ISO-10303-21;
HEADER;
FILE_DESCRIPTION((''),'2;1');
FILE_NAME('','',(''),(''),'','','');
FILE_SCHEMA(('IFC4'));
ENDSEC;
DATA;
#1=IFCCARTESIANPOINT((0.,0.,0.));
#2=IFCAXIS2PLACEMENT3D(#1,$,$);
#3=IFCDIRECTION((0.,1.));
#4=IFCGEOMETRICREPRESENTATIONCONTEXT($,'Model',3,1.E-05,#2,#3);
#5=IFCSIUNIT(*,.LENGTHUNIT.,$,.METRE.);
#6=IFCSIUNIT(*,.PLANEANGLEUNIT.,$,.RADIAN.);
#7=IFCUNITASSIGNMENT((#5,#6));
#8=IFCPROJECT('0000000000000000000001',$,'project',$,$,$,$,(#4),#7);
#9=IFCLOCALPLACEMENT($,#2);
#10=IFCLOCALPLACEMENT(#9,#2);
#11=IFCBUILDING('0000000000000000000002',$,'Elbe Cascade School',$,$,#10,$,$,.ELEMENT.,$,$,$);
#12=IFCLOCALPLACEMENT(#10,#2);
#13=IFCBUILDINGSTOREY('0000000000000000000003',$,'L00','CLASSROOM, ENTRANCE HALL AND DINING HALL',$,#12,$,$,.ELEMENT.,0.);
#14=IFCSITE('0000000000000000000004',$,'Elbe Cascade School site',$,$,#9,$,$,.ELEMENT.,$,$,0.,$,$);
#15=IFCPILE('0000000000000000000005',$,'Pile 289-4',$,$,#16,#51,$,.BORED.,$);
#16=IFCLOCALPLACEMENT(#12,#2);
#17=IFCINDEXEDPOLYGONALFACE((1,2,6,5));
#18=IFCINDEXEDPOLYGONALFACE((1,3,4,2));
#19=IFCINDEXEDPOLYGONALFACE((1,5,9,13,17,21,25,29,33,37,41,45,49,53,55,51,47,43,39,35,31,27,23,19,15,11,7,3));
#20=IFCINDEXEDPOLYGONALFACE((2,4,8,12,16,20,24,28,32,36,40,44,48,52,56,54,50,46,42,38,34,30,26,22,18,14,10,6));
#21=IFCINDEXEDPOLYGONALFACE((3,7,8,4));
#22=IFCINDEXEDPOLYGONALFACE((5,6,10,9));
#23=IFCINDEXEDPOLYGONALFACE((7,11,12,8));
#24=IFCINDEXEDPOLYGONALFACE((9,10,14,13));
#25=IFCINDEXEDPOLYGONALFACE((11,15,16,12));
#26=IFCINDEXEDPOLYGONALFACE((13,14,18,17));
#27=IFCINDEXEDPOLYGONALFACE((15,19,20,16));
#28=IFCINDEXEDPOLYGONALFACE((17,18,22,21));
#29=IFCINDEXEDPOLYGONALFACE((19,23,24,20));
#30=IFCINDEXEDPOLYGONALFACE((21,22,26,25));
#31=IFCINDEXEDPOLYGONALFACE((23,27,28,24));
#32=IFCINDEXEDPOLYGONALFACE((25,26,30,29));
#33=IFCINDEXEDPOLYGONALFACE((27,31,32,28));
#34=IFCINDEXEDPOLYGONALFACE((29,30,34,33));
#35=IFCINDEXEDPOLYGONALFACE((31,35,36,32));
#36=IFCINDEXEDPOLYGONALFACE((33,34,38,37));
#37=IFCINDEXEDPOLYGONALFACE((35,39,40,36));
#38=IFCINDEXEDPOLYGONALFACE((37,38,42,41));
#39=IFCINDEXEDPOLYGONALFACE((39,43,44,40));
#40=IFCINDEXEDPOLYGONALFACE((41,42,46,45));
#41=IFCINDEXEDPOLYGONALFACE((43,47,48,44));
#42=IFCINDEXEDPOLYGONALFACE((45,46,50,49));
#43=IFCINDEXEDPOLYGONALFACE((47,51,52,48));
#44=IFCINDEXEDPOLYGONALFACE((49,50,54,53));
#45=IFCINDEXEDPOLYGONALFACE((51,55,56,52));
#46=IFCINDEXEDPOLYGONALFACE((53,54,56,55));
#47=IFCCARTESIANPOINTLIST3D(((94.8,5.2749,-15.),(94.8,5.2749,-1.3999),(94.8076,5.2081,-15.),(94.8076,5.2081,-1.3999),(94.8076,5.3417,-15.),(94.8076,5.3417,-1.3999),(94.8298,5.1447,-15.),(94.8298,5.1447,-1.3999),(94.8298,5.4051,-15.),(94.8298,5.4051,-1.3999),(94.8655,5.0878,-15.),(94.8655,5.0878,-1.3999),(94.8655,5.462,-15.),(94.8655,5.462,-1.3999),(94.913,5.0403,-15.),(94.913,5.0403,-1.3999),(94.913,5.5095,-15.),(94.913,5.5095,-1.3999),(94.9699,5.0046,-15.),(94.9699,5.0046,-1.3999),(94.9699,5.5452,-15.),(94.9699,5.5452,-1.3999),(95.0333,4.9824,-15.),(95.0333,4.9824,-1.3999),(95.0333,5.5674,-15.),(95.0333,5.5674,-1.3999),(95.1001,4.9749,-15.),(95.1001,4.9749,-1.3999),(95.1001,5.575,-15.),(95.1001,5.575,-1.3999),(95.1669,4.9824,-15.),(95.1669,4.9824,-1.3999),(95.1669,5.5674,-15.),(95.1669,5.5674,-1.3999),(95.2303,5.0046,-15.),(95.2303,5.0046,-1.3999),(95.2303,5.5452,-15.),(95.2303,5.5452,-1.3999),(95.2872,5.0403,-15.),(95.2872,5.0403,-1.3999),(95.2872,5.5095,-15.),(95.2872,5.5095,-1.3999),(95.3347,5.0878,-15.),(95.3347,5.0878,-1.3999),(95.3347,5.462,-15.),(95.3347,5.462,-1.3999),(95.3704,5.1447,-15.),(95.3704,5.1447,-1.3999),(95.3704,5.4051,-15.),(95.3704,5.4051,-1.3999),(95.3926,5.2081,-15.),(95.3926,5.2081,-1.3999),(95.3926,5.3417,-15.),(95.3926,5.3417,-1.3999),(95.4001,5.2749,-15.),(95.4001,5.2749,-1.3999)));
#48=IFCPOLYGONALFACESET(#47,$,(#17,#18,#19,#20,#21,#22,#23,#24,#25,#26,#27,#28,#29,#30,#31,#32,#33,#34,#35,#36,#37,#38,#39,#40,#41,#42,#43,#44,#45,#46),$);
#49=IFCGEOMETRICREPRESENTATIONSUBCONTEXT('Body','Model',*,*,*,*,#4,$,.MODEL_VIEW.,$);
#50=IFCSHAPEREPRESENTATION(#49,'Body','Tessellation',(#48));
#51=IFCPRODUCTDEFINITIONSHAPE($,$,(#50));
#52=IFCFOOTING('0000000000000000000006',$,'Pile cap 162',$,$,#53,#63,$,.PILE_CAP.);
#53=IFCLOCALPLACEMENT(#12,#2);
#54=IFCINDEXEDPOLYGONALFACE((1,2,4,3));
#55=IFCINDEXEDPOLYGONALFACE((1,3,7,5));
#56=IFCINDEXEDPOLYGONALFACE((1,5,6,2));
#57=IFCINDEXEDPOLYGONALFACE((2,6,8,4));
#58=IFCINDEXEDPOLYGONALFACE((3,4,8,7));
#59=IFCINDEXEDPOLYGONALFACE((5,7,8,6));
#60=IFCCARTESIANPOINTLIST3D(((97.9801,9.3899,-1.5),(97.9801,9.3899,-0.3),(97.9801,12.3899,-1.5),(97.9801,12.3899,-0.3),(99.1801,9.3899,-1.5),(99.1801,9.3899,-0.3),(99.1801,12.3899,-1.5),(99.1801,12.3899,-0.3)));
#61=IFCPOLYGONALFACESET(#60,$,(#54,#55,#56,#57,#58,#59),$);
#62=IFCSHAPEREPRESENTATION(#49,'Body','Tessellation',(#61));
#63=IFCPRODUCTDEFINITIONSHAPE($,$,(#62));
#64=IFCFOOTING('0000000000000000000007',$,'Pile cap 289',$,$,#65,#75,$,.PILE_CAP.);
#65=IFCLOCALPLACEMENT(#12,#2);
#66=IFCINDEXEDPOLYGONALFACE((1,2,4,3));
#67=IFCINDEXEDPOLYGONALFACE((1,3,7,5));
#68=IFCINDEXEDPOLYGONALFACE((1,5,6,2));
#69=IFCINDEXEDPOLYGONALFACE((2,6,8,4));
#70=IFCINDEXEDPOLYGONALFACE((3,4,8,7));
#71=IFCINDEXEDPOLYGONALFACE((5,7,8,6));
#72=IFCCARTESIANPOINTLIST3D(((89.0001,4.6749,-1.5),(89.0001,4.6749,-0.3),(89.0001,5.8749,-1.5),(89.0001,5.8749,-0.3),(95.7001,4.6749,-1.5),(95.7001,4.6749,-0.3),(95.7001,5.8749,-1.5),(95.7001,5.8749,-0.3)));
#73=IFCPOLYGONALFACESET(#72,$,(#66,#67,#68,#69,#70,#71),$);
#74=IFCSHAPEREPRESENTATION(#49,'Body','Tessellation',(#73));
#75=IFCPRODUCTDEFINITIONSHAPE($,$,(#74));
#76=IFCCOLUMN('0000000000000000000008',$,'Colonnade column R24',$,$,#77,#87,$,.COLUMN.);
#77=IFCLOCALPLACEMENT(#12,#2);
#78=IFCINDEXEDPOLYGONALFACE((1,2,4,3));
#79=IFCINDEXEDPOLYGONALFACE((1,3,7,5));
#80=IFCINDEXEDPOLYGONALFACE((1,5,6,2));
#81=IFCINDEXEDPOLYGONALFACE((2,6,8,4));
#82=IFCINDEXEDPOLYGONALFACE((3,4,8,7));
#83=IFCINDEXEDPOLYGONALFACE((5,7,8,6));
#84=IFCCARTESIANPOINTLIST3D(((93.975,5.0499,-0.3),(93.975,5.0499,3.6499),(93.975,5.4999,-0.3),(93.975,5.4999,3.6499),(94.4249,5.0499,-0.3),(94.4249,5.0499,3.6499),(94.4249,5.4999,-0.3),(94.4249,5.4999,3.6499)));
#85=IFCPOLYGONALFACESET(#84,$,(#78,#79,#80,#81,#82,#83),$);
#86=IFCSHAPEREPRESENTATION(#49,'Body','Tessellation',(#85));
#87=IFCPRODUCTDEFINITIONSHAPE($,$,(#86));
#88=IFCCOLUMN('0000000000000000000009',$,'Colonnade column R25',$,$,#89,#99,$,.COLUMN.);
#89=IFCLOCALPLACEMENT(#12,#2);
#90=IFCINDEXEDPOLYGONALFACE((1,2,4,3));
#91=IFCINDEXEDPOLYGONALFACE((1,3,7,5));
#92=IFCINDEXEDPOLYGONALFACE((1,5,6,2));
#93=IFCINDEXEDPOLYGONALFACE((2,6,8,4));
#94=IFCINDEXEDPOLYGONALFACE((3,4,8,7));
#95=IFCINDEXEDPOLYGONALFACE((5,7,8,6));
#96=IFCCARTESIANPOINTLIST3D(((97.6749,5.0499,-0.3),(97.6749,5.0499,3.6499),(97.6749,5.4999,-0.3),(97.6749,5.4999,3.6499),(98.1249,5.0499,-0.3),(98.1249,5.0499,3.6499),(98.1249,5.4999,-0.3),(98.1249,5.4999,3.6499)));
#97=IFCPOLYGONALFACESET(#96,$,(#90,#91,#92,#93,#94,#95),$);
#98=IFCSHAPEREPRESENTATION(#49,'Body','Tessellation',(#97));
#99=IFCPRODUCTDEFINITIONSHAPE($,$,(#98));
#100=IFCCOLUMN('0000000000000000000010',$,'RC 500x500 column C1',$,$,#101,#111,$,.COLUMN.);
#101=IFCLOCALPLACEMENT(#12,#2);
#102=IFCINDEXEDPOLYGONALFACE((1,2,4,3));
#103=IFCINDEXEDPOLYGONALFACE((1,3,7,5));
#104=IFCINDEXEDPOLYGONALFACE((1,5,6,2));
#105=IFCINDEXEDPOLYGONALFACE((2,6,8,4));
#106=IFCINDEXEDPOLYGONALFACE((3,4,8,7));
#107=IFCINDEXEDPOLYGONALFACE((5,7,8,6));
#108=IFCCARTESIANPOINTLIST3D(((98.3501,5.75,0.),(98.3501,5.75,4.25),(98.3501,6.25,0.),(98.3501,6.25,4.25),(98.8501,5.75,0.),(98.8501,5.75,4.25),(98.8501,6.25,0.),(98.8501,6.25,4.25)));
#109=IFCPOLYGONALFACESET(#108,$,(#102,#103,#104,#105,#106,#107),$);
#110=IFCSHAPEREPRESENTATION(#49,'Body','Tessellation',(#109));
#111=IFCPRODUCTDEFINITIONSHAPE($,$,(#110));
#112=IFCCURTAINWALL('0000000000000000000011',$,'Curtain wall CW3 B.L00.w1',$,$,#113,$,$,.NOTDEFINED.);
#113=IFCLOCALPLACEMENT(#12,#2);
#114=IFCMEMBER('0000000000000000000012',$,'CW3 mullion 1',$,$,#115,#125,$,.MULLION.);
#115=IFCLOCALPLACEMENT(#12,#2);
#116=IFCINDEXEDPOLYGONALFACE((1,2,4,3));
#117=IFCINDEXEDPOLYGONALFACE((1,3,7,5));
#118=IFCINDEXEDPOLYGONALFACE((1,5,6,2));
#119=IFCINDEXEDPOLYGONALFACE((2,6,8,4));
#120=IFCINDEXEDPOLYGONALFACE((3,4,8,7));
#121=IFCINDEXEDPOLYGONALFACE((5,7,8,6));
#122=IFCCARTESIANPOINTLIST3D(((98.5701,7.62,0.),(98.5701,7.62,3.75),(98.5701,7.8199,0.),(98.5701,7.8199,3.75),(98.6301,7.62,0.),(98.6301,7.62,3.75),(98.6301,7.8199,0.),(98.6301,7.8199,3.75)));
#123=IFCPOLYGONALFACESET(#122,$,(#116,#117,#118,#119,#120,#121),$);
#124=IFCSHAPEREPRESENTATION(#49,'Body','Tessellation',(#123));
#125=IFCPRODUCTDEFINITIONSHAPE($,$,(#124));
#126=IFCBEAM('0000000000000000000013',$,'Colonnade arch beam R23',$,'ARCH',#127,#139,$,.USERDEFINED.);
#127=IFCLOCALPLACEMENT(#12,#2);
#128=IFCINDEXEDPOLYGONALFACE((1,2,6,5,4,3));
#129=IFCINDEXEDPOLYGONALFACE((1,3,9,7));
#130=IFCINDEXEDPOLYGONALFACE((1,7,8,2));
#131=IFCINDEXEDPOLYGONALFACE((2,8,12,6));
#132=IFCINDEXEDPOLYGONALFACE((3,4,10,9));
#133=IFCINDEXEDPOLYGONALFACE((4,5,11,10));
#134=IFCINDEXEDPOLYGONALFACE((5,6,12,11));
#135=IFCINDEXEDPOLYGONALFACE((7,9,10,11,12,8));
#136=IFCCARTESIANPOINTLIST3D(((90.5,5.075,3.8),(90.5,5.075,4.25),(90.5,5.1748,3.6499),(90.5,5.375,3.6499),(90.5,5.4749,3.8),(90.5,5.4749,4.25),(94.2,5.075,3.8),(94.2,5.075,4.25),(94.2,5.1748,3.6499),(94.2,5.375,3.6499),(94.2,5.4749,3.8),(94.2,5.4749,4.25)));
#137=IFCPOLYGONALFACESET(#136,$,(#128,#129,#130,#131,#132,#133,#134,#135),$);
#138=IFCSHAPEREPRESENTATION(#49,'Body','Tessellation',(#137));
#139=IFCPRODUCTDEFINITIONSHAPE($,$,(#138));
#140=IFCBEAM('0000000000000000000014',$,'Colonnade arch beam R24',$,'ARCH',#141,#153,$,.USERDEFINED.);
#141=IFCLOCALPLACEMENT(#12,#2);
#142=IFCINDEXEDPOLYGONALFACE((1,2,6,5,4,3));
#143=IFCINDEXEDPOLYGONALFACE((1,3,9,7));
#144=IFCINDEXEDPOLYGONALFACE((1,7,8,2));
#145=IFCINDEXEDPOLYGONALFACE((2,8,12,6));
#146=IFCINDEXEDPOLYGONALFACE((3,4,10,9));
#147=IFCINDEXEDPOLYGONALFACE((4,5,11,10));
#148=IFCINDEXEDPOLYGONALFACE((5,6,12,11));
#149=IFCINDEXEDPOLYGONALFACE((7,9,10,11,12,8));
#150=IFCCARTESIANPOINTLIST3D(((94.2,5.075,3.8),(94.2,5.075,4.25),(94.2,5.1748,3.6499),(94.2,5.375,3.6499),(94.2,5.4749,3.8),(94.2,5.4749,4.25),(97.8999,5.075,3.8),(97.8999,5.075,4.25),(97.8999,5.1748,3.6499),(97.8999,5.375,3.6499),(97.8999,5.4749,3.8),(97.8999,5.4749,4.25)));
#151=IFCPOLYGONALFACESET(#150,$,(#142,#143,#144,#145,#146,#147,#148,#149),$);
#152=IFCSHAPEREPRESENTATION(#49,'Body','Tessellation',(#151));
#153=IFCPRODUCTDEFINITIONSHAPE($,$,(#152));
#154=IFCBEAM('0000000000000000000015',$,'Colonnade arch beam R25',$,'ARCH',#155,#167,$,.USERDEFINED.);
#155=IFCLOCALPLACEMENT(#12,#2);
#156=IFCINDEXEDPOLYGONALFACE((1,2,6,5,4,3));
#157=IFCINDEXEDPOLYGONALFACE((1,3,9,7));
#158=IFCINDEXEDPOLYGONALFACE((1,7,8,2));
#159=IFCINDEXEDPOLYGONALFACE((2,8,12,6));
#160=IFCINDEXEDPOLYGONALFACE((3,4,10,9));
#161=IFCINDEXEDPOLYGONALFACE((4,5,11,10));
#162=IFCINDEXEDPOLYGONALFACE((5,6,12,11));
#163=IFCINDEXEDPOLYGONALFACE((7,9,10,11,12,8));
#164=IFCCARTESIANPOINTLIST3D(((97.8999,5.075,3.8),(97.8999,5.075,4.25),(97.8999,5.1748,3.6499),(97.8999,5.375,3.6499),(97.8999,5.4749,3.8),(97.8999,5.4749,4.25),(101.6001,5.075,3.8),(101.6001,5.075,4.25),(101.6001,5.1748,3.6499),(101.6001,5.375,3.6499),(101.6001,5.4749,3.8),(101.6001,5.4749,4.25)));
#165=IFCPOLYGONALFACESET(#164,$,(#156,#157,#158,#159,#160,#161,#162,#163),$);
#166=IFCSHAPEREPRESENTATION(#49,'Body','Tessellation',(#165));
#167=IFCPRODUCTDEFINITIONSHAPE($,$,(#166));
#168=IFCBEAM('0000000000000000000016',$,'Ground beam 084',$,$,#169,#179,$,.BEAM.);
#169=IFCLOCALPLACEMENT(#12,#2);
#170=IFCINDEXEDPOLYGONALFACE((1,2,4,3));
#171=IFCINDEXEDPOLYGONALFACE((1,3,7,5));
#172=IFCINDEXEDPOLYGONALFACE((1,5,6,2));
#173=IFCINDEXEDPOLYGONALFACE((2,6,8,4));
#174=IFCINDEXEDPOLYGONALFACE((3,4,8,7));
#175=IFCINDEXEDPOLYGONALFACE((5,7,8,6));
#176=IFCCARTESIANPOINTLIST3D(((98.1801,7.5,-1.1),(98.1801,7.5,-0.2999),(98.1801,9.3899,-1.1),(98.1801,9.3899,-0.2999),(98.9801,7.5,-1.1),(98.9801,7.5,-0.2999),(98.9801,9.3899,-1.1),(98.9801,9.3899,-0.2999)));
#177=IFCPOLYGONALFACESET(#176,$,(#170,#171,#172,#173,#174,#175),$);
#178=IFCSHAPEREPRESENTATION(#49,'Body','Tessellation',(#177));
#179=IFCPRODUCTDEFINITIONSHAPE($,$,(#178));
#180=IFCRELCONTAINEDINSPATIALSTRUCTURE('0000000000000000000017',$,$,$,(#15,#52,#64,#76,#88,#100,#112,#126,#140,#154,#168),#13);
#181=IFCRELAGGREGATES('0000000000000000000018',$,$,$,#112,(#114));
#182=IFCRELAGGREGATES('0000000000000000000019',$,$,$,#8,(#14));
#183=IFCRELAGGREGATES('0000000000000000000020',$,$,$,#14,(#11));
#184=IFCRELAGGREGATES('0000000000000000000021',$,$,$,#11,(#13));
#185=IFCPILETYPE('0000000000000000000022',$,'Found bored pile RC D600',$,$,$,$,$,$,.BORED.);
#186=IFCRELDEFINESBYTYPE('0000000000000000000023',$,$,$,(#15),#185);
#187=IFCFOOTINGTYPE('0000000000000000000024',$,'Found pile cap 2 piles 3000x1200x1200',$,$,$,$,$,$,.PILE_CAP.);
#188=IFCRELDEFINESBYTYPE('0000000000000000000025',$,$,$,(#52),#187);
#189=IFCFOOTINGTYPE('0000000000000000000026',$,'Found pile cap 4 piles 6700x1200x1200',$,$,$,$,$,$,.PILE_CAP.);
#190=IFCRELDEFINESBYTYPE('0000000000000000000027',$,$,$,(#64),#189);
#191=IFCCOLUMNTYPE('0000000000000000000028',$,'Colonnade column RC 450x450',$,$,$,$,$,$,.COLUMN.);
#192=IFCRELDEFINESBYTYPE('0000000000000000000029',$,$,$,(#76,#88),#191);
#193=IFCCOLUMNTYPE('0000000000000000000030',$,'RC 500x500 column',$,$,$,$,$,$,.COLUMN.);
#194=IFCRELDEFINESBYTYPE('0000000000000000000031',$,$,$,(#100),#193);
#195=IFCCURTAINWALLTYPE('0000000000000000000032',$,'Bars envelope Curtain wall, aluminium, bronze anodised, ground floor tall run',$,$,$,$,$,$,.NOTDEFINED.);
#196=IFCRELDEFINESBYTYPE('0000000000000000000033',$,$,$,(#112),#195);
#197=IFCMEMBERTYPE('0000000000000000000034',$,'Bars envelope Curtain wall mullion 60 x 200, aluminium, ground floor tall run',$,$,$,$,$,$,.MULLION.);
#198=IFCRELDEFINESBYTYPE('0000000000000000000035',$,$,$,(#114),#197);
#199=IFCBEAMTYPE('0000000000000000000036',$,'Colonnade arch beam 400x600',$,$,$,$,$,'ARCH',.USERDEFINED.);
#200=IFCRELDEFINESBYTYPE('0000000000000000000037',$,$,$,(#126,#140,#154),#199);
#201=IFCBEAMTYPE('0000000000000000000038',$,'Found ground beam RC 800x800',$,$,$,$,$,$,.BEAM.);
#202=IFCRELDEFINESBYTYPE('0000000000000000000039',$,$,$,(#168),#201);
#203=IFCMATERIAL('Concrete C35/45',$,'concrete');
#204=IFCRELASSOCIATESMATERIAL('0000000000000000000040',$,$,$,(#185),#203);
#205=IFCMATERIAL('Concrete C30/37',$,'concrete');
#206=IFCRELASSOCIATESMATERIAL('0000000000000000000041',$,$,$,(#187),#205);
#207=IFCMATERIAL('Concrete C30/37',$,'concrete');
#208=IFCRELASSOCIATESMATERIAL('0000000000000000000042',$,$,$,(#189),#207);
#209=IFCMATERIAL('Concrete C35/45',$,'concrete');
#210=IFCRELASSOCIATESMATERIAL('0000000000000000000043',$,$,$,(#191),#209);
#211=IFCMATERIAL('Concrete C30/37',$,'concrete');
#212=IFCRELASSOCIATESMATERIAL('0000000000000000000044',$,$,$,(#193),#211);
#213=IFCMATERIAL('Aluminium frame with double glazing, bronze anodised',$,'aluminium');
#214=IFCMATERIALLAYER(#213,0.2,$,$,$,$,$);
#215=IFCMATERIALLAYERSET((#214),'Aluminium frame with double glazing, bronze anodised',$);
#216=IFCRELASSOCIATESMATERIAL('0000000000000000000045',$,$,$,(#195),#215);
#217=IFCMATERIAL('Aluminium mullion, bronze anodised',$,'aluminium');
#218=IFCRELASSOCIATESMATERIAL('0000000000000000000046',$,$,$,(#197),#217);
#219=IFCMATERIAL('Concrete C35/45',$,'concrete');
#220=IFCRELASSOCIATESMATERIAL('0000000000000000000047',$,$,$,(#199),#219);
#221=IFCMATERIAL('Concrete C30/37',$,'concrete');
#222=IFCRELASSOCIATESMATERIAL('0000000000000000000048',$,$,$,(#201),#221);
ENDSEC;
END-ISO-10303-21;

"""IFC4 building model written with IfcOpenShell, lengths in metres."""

from ifc_helpers import new_model, si_unit, direction, frame, origin, origin_2d, place, context, subcontext, project, spatial, polyline, rectangle, circle, outline, extrude, material, layer, layer_set, material_profile, profile_set, type_object, element, aggregate, save


model = new_model("IFC4")

# Units and contexts
model_context = context("Model", 3, precision=1e-05, world=origin(), true_north=direction((0.0, 1.0)))
body_context = subcontext(model_context, "Body", "Model", "MODEL_VIEW")
ifc_project = project(units=[si_unit("LENGTHUNIT", "METRE"), si_unit("PLANEANGLEUNIT", "RADIAN")], contexts=[model_context])

# Site, building, storey
site_placement = place(None, origin())
site = spatial("IfcSite", under=ifc_project, at=site_placement, Name="Elbe Cascade School site", CompositionType="ELEMENT", RefElevation=0.0)
building_placement = place(site_placement, origin())
building = spatial("IfcBuilding", under=site, at=building_placement, Name="Elbe Cascade School", CompositionType="ELEMENT")
storey_placement = place(building_placement, origin())
storey = spatial("IfcBuildingStorey", under=building, at=storey_placement, Name="L00", Description="CLASSROOM, ENTRANCE HALL AND DINING HALL", CompositionType="ELEMENT", Elevation=0.0)

# Pile
ifc_material_1 = material(Name="Concrete C35/45", Category="concrete")
ifc_material_profile_1 = material_profile(ifc_material_1, circle(Radius=0.3, at=origin_2d()), Name="RC D600")
ifc_profile_set_1 = profile_set([ifc_material_profile_1], Name="Concrete C35/45")
pile_type = type_object("IfcPileType", Name="Found bored pile RC D600", PredefinedType="BORED", material=ifc_profile_set_1)
for number, where, z_axis, x_axis, name in (
    (1, (95.1001, 5.2749, -1.3999), (0.0, 0.0, -1.0), (1.0, 0.0, 0.0), "Pile 289-4"),
):
    element("IfcPile", number, at=place(storey_placement, frame(where, z_axis=z_axis, x_axis=x_axis)), inside=storey, type_object=pile_type, Name=name, PredefinedType="BORED", context=body_context, shape_type="SweptSolid", body=[
        extrude(circle(Radius=0.3, at=origin_2d()), origin(), (0.0, 0.0, 1.0), 13.6001),
    ])

# Footings
ifc_material_2 = material(Name="Concrete C30/37", Category="concrete")
footing_type_1 = type_object("IfcFootingType", Name="Found pile cap 2 piles 3000x1200x1200", PredefinedType="PILE_CAP", material=ifc_material_2)
footing_1_placement = place(storey_placement, frame((98.5801, 10.8899, -1.5), z_axis=(0.0, 0.0, 1.0), x_axis=(1.0, 0.0, 0.0)))
element("IfcFooting", 2, at=footing_1_placement, inside=storey, type_object=footing_type_1, Name="Pile cap 162", PredefinedType="PILE_CAP", context=body_context, shape_type="SweptSolid", body=[
    extrude(rectangle(XDim=1.2, YDim=3.0, at=origin_2d()), origin(), (0.0, 0.0, 1.0), 1.2),
])
ifc_material_3 = material(Name="Concrete C30/37", Category="concrete")
footing_type_2 = type_object("IfcFootingType", Name="Found pile cap 4 piles 6700x1200x1200", PredefinedType="PILE_CAP", material=ifc_material_3)
footing_2_placement = place(storey_placement, frame((92.3501, 5.2749, -1.5), z_axis=(0.0, 0.0, 1.0), x_axis=(1.0, 0.0, 0.0)))
element("IfcFooting", 3, at=footing_2_placement, inside=storey, type_object=footing_type_2, Name="Pile cap 289", PredefinedType="PILE_CAP", context=body_context, shape_type="SweptSolid", body=[
    extrude(rectangle(XDim=6.7, YDim=1.2, at=origin_2d()), origin(), (0.0, 0.0, 1.0), 1.2),
])

# Columns
ifc_material_4 = material(Name="Concrete C35/45", Category="concrete")
ifc_material_profile_2 = material_profile(ifc_material_4, rectangle(XDim=0.45, YDim=0.45, at=origin_2d()), Name="RC 450x450")
ifc_profile_set_2 = profile_set([ifc_material_profile_2], Name="Concrete C35/45")
column_type_1 = type_object("IfcColumnType", Name="Colonnade column RC 450x450", PredefinedType="COLUMN", material=ifc_profile_set_2)
for number, where, z_axis, x_axis, name in (
    (4, (94.2, 5.2749, -0.3), (0.0, 0.0, 1.0), (1.0, 0.0, 0.0), "Colonnade column R24"),
    (5, (97.8999, 5.2749, -0.3), (0.0, 0.0, 1.0), (1.0, 0.0, 0.0), "Colonnade column R25"),
):
    element("IfcColumn", number, at=place(storey_placement, frame(where, z_axis=z_axis, x_axis=x_axis)), inside=storey, type_object=column_type_1, Name=name, PredefinedType="COLUMN", context=body_context, shape_type="SweptSolid", body=[
        extrude(rectangle(XDim=0.45, YDim=0.45, at=origin_2d()), origin(), (0.0, 0.0, 1.0), 3.95),
    ])
ifc_material_5 = material(Name="Concrete C30/37", Category="concrete")
ifc_material_profile_3 = material_profile(ifc_material_5, rectangle(XDim=0.5, YDim=0.5, at=origin_2d()), Name="RC 500x500")
ifc_profile_set_3 = profile_set([ifc_material_profile_3], Name="Concrete C30/37")
column_type_2 = type_object("IfcColumnType", Name="RC 500x500 column", PredefinedType="COLUMN", material=ifc_profile_set_3)
column_placement = place(storey_placement, frame((98.6001, 6.0, 0.0), z_axis=(0.0, 0.0, 1.0), x_axis=(1.0, 0.0, 0.0)))
element("IfcColumn", 6, at=column_placement, inside=storey, type_object=column_type_2, Name="RC 500x500 column C1", PredefinedType="COLUMN", context=body_context, shape_type="SweptSolid", body=[
    extrude(rectangle(XDim=0.5, YDim=0.5, at=origin_2d()), origin(), (0.0, 0.0, 1.0), 4.25),
])

# Curtain wall, member
ifc_material_6 = material(Name="Aluminium frame with double glazing, bronze anodised", Category="aluminium")
ifc_layer_1 = layer(ifc_material_6, 0.2)
ifc_layer_set_1 = layer_set([ifc_layer_1], Name="Aluminium frame with double glazing, bronze anodised")
curtain_wall_type = type_object("IfcCurtainWallType", Name="Bars envelope Curtain wall, aluminium, bronze anodised, ground floor tall run", PredefinedType="NOTDEFINED", material=ifc_layer_set_1)
curtain_wall_placement = place(storey_placement, origin())
curtain_wall = element("IfcCurtainWall", 7, at=curtain_wall_placement, inside=storey, type_object=curtain_wall_type, Name="Curtain wall CW3 B.L00.w1", PredefinedType="NOTDEFINED")
ifc_material_7 = material(Name="Aluminium mullion, bronze anodised", Category="aluminium")
ifc_material_profile_4 = material_profile(ifc_material_7, rectangle(XDim=0.0601, YDim=0.2, at=origin_2d()), Name="Bars envelope Curtain wall mullion 60 x 200, aluminium, ground floor tall run")
ifc_profile_set_4 = profile_set([ifc_material_profile_4], Name="Aluminium mullion, bronze anodised")
member_type = type_object("IfcMemberType", Name="Bars envelope Curtain wall mullion 60 x 200, aluminium, ground floor tall run", PredefinedType="MULLION", material=ifc_profile_set_4)
member_placement = place(storey_placement, frame((98.6001, 7.72, 0.0), z_axis=(0.0, 0.0, 1.0), x_axis=(-1.0, 0.0, 0.0)))
member = element("IfcMember", 8, at=member_placement, type_object=member_type, Name="CW3 mullion 1", PredefinedType="MULLION", context=body_context, shape_type="SweptSolid", body=[
    extrude(rectangle(XDim=0.0601, YDim=0.2, at=origin_2d()), origin(), (0.0, 0.0, 1.0), 3.75),
])
aggregate(curtain_wall, [member])

# Beams
ifc_material_8 = material(Name="Concrete C35/45", Category="concrete")
ifc_material_profile_5 = material_profile(ifc_material_8, outline(polyline([(-0.2, 0.3), (0.2, 0.3), (0.2, -0.1499), (0.1001, -0.3), (-0.1001, -0.3), (-0.2, -0.1499), (-0.2, 0.3)])), Name="RC arch 400x600")
ifc_profile_set_5 = profile_set([ifc_material_profile_5], Name="Concrete C35/45")
beam_type_1 = type_object("IfcBeamType", Name="Colonnade arch beam 400x600", ElementType="ARCH", PredefinedType="USERDEFINED", material=ifc_profile_set_5)
for number, where, z_axis, x_axis, name in (
    (9, (90.5, 5.2749, 3.95), (1.0, 0.0, 0.0), (0.0, 1.0, 0.0), "Colonnade arch beam R23"),
    (10, (94.2, 5.2749, 3.95), (1.0, 0.0, 0.0), (0.0, 1.0, 0.0), "Colonnade arch beam R24"),
):
    element("IfcBeam", number, at=place(storey_placement, frame(where, z_axis=z_axis, x_axis=x_axis)), inside=storey, type_object=beam_type_1, Name=name, ObjectType="ARCH", PredefinedType="USERDEFINED", context=body_context, shape_type="SweptSolid", body=[
        extrude(outline(polyline([(-0.2, 0.3), (0.2, 0.3), (0.2, -0.1499), (0.1001, -0.3), (-0.1001, -0.3), (-0.2, -0.1499), (-0.2, 0.3)])), origin(), (0.0, 0.0, 1.0), 3.7),
    ])
beam_1_placement = place(storey_placement, frame((97.8999, 5.2749, 3.95), z_axis=(1.0, 0.0, 0.0), x_axis=(0.0, 1.0, 0.0)))
element("IfcBeam", 11, at=beam_1_placement, inside=storey, type_object=beam_type_1, Name="Colonnade arch beam R25", ObjectType="ARCH", PredefinedType="USERDEFINED", context=body_context, shape_type="SweptSolid", body=[
    extrude(outline(polyline([(-0.2, 0.3), (0.2, 0.3), (0.2, -0.1499), (0.1001, -0.3), (-0.1001, -0.3), (-0.2, -0.1499), (-0.2, 0.3)])), origin(), (0.0, 0.0, 1.0), 3.7002),
])
ifc_material_9 = material(Name="Concrete C30/37", Category="concrete")
ifc_material_profile_6 = material_profile(ifc_material_9, rectangle(XDim=0.8, YDim=0.8, at=origin_2d()), Name="RC 800x800")
ifc_profile_set_6 = profile_set([ifc_material_profile_6], Name="Concrete C30/37")
beam_type_2 = type_object("IfcBeamType", Name="Found ground beam RC 800x800", PredefinedType="BEAM", material=ifc_profile_set_6)
beam_2_placement = place(storey_placement, frame((98.5801, 7.5, -0.7), z_axis=(0.0, 1.0, 0.0), x_axis=(-1.0, 0.0, 0.0)))
element("IfcBeam", 12, at=beam_2_placement, inside=storey, type_object=beam_type_2, Name="Ground beam 084", PredefinedType="BEAM", context=body_context, shape_type="SweptSolid", body=[
    extrude(rectangle(XDim=0.8, YDim=0.8, at=origin_2d()), origin(), (0.0, 0.0, 1.0), 1.8899),
])

save(model, "model.ifc")
